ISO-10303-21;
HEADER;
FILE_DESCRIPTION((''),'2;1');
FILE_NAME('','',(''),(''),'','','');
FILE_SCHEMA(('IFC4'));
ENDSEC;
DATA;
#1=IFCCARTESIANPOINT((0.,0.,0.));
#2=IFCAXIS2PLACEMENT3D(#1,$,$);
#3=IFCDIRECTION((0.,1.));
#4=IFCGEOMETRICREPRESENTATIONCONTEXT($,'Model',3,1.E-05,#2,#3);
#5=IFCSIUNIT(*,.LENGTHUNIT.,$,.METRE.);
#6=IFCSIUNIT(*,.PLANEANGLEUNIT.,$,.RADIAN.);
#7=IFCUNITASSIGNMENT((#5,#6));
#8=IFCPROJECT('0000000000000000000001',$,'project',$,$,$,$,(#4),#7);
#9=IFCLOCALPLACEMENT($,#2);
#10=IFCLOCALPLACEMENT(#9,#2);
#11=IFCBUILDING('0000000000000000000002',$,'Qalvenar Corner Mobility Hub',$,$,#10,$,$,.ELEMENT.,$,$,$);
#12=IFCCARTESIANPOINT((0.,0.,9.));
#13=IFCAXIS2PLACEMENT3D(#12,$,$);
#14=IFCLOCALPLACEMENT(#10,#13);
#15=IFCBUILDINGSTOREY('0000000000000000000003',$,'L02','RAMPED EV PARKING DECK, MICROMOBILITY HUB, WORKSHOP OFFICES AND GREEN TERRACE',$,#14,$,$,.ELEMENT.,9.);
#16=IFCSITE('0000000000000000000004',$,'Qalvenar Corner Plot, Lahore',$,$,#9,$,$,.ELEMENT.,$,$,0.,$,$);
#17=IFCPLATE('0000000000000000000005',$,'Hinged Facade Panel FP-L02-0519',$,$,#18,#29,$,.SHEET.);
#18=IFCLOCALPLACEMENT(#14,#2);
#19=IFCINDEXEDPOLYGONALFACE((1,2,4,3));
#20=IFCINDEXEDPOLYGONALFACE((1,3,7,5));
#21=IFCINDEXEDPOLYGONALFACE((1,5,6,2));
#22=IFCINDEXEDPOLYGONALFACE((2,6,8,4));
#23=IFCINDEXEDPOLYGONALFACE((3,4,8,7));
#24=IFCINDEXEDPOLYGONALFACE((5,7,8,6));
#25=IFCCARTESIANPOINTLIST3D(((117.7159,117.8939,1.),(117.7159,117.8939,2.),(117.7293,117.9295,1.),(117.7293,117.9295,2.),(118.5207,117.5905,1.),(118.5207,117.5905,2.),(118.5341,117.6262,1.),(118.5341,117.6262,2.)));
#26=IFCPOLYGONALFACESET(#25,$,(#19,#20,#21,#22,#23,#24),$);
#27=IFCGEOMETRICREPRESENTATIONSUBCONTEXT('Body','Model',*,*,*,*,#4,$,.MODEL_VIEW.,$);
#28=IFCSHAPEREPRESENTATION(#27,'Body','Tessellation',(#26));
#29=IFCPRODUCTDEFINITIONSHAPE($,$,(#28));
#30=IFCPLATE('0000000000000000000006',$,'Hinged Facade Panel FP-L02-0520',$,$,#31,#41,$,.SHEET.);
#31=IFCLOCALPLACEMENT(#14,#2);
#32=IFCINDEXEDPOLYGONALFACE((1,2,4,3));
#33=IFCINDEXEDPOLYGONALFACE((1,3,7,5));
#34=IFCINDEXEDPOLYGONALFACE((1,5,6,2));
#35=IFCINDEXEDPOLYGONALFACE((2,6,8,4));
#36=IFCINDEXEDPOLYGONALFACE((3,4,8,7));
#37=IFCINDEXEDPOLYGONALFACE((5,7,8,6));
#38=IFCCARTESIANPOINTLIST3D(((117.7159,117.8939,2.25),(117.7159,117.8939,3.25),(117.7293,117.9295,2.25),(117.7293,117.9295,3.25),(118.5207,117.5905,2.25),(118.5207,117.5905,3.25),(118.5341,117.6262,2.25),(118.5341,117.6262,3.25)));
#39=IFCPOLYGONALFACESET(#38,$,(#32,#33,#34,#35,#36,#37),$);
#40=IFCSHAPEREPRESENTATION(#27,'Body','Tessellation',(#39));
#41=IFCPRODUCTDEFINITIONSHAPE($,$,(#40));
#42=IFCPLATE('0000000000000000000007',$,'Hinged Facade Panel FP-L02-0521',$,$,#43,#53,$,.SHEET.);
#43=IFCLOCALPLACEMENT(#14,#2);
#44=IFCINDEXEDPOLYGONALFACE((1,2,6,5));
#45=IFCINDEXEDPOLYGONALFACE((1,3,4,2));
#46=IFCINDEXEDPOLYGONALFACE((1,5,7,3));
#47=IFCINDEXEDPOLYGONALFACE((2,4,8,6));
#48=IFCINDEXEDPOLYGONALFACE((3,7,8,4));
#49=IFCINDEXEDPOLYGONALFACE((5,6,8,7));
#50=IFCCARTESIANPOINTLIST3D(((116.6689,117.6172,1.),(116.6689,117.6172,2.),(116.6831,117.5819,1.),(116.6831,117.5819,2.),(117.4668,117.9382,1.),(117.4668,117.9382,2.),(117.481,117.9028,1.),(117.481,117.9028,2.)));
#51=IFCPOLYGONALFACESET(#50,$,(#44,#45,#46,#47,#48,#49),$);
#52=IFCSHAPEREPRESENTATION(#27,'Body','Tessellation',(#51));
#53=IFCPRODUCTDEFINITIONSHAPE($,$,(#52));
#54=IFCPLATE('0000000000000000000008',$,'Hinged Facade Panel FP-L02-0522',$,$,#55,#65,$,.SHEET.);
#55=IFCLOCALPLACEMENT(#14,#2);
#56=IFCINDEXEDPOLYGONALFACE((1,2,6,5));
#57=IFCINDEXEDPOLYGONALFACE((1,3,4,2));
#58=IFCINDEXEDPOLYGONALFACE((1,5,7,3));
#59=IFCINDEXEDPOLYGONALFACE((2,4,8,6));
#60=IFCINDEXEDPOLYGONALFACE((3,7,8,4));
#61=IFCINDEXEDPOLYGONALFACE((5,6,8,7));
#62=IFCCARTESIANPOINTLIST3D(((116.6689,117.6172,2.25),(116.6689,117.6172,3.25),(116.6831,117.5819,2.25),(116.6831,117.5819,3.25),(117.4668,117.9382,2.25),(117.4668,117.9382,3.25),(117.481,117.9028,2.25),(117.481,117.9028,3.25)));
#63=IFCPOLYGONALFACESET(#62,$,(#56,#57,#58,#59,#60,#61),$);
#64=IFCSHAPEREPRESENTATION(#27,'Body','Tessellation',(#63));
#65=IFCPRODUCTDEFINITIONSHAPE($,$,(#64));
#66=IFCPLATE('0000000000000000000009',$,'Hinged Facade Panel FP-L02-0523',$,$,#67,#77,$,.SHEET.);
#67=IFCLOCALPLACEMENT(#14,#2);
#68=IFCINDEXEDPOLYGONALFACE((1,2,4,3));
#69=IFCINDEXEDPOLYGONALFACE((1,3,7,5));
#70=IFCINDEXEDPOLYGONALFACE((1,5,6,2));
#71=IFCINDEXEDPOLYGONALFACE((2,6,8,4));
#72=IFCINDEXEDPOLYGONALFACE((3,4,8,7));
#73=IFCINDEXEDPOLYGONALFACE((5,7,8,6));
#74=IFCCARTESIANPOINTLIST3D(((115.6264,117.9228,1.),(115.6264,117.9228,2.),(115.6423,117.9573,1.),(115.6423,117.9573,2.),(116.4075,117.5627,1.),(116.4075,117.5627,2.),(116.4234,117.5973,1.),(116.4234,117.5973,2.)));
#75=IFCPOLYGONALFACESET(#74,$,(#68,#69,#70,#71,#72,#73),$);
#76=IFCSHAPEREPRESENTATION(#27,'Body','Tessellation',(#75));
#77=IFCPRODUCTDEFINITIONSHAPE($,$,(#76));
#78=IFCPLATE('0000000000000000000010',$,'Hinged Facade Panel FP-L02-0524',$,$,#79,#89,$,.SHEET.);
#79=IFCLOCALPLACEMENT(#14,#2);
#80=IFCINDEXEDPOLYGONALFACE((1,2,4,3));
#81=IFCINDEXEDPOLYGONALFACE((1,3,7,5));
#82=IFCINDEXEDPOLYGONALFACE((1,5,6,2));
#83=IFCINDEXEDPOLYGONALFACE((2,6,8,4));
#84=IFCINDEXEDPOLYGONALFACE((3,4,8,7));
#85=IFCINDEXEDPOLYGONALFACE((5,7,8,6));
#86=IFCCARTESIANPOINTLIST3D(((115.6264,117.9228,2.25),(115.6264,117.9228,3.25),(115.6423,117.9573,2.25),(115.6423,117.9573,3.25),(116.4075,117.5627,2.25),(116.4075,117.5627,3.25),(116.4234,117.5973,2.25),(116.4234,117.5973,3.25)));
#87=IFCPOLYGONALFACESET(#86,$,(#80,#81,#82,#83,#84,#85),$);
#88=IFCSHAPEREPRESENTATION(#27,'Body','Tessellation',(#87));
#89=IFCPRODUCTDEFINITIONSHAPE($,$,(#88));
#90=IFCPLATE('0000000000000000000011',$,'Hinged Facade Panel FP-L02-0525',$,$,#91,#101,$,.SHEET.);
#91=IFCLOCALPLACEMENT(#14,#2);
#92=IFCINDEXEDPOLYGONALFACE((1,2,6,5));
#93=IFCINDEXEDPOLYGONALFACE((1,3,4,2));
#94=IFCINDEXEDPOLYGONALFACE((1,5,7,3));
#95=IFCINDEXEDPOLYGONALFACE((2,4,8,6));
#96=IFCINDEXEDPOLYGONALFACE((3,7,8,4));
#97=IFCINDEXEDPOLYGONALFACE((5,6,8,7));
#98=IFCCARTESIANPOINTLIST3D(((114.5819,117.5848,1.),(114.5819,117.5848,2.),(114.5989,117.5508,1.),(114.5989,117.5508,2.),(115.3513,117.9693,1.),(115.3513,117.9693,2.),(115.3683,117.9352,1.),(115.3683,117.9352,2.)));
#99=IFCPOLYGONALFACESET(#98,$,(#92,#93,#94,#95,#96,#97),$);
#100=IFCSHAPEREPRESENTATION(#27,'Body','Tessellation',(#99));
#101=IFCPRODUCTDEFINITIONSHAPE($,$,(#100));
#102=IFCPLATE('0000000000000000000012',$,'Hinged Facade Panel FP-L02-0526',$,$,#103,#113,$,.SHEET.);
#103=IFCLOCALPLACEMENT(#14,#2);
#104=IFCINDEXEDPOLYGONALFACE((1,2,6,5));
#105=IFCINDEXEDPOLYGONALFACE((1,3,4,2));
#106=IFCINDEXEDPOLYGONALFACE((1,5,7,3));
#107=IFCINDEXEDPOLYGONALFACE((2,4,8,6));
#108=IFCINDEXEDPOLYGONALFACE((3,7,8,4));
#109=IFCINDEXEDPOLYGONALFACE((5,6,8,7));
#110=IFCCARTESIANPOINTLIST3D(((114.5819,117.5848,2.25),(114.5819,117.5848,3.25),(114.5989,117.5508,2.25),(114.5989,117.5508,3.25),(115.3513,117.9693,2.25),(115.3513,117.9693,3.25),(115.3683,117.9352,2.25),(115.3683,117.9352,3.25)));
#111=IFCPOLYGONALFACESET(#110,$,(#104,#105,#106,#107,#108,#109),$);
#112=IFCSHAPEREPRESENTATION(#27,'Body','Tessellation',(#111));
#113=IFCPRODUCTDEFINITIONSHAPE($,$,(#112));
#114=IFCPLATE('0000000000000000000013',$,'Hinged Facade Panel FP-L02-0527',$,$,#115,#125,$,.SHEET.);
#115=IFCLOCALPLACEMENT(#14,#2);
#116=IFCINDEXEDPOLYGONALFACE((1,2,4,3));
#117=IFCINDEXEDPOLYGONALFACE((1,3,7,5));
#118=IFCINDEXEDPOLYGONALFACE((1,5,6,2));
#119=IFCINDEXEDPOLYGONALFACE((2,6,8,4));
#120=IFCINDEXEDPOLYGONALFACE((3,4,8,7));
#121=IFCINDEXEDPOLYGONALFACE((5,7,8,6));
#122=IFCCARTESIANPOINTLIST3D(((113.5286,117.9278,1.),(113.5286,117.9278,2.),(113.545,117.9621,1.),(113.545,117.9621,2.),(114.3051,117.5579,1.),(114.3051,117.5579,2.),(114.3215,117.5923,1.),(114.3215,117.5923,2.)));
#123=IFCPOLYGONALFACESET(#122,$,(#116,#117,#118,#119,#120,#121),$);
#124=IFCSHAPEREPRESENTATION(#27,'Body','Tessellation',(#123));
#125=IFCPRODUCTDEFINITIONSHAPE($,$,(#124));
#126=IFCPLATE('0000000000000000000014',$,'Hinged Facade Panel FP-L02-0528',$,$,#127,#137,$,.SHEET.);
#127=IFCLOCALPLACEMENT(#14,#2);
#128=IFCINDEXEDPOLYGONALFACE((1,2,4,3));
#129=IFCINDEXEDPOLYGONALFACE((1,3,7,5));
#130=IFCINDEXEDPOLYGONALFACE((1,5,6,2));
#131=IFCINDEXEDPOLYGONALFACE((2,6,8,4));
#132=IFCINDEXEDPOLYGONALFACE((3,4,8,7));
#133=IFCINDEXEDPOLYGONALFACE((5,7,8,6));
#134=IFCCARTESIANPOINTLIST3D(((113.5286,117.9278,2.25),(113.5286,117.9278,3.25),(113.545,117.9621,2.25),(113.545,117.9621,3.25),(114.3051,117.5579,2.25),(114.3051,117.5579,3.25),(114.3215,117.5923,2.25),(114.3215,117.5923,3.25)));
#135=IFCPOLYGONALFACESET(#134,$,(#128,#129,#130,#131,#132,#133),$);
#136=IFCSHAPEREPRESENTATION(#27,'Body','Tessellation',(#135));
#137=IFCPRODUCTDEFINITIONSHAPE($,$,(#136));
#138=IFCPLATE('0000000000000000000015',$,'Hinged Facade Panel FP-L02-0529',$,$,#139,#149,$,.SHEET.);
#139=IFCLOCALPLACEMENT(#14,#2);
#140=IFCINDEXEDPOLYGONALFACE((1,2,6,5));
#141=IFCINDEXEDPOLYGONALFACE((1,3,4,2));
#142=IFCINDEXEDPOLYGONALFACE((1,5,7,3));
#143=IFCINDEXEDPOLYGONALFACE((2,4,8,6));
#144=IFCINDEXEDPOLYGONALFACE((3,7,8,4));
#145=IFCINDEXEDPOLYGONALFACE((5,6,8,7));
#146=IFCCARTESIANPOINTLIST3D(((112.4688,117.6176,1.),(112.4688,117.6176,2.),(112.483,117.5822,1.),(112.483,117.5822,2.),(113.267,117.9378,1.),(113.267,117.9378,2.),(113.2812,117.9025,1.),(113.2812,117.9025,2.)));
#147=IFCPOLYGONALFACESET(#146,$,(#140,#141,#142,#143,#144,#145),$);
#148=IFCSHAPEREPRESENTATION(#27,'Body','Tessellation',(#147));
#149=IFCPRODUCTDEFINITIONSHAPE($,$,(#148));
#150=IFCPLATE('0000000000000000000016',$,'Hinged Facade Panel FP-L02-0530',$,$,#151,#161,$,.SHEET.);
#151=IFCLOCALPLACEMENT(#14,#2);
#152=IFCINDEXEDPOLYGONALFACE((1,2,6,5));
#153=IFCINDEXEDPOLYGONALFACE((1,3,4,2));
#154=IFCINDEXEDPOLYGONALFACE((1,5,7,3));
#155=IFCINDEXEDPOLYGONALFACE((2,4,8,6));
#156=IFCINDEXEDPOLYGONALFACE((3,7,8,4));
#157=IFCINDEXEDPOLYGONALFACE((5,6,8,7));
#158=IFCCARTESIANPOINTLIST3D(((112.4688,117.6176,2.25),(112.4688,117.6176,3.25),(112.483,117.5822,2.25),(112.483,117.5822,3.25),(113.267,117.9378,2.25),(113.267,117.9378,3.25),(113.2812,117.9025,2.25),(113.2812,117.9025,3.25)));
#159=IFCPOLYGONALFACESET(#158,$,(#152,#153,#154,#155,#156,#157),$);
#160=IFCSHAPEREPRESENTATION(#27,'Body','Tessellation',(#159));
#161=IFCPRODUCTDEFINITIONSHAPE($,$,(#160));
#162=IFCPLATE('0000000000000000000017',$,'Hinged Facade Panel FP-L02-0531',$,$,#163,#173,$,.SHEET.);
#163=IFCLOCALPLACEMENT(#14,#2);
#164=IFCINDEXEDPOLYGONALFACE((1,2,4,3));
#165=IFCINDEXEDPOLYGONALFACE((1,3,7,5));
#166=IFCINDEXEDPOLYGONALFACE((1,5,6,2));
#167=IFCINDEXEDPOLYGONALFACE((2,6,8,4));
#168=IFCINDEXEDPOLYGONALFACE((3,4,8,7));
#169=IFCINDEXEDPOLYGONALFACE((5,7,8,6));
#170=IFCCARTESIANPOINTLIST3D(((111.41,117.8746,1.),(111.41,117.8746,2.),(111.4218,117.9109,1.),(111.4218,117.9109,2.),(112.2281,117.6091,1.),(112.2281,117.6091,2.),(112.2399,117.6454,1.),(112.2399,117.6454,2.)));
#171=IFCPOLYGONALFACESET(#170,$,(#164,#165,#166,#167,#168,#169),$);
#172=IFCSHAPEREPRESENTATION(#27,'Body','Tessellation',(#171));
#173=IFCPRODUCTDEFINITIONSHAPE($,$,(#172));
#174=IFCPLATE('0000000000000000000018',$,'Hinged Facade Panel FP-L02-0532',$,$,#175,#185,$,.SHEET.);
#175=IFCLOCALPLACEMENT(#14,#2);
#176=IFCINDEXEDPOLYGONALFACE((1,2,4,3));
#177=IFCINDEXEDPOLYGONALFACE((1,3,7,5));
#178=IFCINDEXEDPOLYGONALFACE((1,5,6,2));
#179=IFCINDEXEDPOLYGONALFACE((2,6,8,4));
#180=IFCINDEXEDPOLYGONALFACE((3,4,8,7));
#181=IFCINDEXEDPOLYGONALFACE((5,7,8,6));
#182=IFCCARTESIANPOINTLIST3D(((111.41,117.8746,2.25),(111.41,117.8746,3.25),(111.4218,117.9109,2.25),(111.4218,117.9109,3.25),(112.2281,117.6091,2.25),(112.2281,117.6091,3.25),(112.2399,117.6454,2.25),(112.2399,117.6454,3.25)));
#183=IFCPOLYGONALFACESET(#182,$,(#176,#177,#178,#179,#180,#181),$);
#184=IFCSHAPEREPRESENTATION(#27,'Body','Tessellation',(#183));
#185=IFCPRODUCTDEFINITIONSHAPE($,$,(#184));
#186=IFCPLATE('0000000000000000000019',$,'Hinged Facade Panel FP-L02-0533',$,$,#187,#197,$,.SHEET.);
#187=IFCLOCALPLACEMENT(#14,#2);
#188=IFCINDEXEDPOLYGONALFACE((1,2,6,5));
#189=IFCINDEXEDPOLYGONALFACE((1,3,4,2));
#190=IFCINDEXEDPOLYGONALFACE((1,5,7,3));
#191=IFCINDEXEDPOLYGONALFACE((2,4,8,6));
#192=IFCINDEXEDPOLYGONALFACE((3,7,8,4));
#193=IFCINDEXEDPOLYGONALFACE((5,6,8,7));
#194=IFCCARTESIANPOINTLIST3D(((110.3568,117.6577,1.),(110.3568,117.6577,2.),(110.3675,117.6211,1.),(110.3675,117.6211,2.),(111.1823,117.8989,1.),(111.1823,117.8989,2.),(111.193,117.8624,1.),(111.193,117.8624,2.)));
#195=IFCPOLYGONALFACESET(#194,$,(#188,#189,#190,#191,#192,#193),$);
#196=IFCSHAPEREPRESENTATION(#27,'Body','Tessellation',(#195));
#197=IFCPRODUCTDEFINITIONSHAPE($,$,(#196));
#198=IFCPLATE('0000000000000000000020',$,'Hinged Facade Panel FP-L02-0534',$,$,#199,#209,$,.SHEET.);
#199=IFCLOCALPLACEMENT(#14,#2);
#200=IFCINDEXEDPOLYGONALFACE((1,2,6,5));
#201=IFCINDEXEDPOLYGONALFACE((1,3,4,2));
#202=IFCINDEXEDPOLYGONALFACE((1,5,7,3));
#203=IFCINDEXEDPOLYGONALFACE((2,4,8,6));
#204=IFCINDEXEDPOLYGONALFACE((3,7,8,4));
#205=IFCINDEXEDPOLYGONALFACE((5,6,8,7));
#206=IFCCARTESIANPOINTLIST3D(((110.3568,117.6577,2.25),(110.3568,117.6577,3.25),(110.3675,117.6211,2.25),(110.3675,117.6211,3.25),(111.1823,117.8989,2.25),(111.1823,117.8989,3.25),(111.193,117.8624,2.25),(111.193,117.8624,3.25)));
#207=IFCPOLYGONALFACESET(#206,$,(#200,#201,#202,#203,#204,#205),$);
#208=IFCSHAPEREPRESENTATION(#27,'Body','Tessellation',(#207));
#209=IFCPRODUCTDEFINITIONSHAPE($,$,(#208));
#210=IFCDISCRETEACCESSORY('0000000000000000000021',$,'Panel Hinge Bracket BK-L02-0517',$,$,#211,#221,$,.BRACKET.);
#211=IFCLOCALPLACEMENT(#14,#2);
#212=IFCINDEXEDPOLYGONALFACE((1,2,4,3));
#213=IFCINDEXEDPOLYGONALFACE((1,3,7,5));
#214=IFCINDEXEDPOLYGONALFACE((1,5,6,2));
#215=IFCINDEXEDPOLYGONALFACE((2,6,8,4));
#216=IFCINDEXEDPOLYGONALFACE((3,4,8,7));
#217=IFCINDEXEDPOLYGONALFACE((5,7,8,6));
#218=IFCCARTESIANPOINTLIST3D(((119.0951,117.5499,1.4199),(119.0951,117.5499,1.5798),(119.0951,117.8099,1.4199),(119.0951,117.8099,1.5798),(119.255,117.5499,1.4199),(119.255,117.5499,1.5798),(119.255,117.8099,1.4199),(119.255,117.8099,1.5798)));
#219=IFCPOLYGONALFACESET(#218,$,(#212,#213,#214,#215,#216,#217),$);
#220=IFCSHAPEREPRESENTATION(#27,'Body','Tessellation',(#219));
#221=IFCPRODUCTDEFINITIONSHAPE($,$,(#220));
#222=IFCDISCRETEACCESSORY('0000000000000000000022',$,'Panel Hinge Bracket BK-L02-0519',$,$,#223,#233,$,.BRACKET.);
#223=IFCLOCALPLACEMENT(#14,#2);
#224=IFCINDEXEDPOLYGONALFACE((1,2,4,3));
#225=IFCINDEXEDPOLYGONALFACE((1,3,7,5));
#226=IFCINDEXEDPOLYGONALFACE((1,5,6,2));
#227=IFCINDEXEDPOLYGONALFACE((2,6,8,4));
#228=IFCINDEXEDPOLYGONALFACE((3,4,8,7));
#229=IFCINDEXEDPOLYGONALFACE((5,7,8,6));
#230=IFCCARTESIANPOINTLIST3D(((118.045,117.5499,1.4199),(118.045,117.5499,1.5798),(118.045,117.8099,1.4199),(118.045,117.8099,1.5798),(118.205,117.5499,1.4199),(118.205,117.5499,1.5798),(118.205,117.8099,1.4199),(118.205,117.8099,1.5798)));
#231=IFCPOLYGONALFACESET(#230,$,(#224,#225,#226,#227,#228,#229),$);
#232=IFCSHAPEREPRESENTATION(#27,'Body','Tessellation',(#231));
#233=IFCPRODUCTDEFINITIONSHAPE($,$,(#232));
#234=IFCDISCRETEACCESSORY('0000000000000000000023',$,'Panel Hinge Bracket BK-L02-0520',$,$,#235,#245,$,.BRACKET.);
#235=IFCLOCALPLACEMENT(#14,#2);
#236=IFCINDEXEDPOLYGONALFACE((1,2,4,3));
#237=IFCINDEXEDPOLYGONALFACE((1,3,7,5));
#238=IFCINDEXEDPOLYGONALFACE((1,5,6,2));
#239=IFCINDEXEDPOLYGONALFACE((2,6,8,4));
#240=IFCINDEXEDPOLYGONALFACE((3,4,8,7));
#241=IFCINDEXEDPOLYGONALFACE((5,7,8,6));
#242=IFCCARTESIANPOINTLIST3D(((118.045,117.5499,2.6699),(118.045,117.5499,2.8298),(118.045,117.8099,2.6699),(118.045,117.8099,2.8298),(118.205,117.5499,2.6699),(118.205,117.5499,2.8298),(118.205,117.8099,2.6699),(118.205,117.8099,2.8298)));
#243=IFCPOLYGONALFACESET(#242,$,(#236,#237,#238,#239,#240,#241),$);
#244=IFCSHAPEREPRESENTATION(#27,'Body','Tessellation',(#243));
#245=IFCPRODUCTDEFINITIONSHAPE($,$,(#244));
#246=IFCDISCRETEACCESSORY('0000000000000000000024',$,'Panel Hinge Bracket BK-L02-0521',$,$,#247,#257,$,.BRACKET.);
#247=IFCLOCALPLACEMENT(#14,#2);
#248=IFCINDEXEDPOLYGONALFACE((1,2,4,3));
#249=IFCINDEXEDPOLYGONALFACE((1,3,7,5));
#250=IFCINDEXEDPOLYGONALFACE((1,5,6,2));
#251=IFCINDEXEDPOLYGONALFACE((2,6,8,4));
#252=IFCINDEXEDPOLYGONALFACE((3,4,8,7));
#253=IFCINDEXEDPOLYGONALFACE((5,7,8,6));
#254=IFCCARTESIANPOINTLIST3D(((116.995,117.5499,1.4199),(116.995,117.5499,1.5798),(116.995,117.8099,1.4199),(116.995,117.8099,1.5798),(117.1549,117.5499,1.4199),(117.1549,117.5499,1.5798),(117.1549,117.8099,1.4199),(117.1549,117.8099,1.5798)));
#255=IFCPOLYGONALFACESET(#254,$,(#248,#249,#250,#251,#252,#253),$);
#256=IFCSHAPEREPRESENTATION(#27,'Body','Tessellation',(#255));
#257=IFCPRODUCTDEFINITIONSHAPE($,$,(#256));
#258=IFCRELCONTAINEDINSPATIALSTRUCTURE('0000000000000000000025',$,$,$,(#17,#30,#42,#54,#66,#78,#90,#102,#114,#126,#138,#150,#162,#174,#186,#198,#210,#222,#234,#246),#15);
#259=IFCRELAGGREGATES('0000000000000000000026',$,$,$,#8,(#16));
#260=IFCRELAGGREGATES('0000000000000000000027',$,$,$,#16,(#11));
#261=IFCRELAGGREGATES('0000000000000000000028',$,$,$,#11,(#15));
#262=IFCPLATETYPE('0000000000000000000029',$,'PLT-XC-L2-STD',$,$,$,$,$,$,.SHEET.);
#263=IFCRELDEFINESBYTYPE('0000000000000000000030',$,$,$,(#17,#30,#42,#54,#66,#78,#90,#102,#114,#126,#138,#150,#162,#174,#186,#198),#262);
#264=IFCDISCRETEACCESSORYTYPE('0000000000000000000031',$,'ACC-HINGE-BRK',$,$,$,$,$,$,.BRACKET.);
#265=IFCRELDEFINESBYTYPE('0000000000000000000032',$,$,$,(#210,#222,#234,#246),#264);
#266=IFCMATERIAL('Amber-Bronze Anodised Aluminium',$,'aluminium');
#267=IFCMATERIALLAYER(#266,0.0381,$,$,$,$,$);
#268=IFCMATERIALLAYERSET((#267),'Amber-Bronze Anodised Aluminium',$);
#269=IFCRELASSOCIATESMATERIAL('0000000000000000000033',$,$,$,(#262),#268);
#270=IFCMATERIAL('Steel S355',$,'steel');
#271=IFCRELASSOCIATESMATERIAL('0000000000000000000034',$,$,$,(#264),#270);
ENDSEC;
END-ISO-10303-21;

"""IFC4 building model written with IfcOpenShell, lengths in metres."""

from ifc_helpers import new_model, si_unit, direction, frame, origin, origin_2d, place, context, subcontext, project, spatial, rectangle, extrude, material, layer, layer_set, type_object, element, save


model = new_model("IFC4")

# Units and contexts
model_context = context("Model", 3, precision=1e-05, world=origin(), true_north=direction((0.0, 1.0)))
body_context = subcontext(model_context, "Body", "Model", "MODEL_VIEW")
ifc_project = project(units=[si_unit("LENGTHUNIT", "METRE"), si_unit("PLANEANGLEUNIT", "RADIAN")], contexts=[model_context])

# Site, building, storey
site_placement = place(None, origin())
site = spatial("IfcSite", under=ifc_project, at=site_placement, Name="Qalvenar Corner Plot, Lahore", CompositionType="ELEMENT", RefElevation=0.0)
building_placement = place(site_placement, origin())
building = spatial("IfcBuilding", under=site, at=building_placement, Name="Qalvenar Corner Mobility Hub", CompositionType="ELEMENT")
storey_placement = place(building_placement, frame((0.0, 0.0, 9.0)))
storey = spatial("IfcBuildingStorey", under=building, at=storey_placement, Name="L02", Description="RAMPED EV PARKING DECK, MICROMOBILITY HUB, WORKSHOP OFFICES AND GREEN TERRACE", CompositionType="ELEMENT", Elevation=9.0)

# Plates
ifc_material_1 = material(Name="Amber-Bronze Anodised Aluminium", Category="aluminium")
ifc_layer = layer(ifc_material_1, 0.0381)
ifc_layer_set = layer_set([ifc_layer], Name="Amber-Bronze Anodised Aluminium")
plate_type = type_object("IfcPlateType", Name="PLT-XC-L2-STD", PredefinedType="SHEET", material=ifc_layer_set)
for number, where, z_axis, x_axis, name in (
    (1, (118.125, 117.76, 1.0), (0.0, 0.0, 1.0), (-0.935752, 0.352658, 0.0), "Hinged Facade Panel FP-L02-0519"),
    (2, (118.125, 117.76, 2.25), (0.0, 0.0, 1.0), (-0.935752, 0.352658, 0.0), "Hinged Facade Panel FP-L02-0520"),
    (3, (117.075, 117.76, 1.0), (0.0, 0.0, 1.0), (-0.927771, -0.37315, 0.0), "Hinged Facade Panel FP-L02-0521"),
    (4, (117.075, 117.76, 2.25), (0.0, 0.0, 1.0), (-0.927771, -0.37315, 0.0), "Hinged Facade Panel FP-L02-0522"),
    (5, (116.0249, 117.76, 1.0), (0.0, 0.0, 1.0), (-0.908143, 0.41866, 0.0), "Hinged Facade Panel FP-L02-0523"),
    (6, (116.0249, 117.76, 2.25), (0.0, 0.0, 1.0), (-0.908143, 0.41866, 0.0), "Hinged Facade Panel FP-L02-0524"),
    (7, (114.9751, 117.76, 1.0), (0.0, 0.0, 1.0), (-0.894545, -0.446979, 0.0), "Hinged Facade Panel FP-L02-0525"),
    (8, (114.9751, 117.76, 2.25), (0.0, 0.0, 1.0), (-0.894545, -0.446979, 0.0), "Hinged Facade Panel FP-L02-0526"),
    (9, (113.925, 117.76, 1.0), (0.0, 0.0, 1.0), (-0.902811, 0.430038, 0.0), "Hinged Facade Panel FP-L02-0527"),
    (10, (113.925, 117.76, 2.25), (0.0, 0.0, 1.0), (-0.902811, 0.430038, 0.0), "Hinged Facade Panel FP-L02-0528"),
    (11, (112.875, 117.76, 1.0), (0.0, 0.0, 1.0), (-0.928096, -0.37234, 0.0), "Hinged Facade Panel FP-L02-0529"),
    (12, (112.875, 117.76, 2.25), (0.0, 0.0, 1.0), (-0.928096, -0.37234, 0.0), "Hinged Facade Panel FP-L02-0530"),
    (13, (111.825, 117.76, 1.0), (0.0, 0.0, 1.0), (-0.951164, 0.308685, 0.0), "Hinged Facade Panel FP-L02-0531"),
    (14, (111.825, 117.76, 2.25), (0.0, 0.0, 1.0), (-0.951164, 0.308685, 0.0), "Hinged Facade Panel FP-L02-0532"),
    (15, (110.7749, 117.76, 1.0), (0.0, 0.0, 1.0), (-0.959854, -0.280499, 0.0), "Hinged Facade Panel FP-L02-0533"),
    (16, (110.7749, 117.76, 2.25), (0.0, 0.0, 1.0), (-0.959854, -0.280499, 0.0), "Hinged Facade Panel FP-L02-0534"),
):
    element("IfcPlate", number, at=place(storey_placement, frame(where, z_axis=z_axis, x_axis=x_axis)), inside=storey, type_object=plate_type, Name=name, PredefinedType="SHEET", context=body_context, shape_type="SweptSolid", body=[
        extrude(rectangle(XDim=0.8601, YDim=0.0381, at=origin_2d()), origin(), (0.0, 0.0, 1.0), 1.0),
    ])

# Discrete accessories
ifc_material_2 = material(Name="Steel S355", Category="steel")
discrete_accessory_type = type_object("IfcDiscreteAccessoryType", Name="ACC-HINGE-BRK", PredefinedType="BRACKET", material=ifc_material_2)
for number, where, z_axis, x_axis, name in (
    (17, (119.175, 117.6799, 1.4199), (0.0, 0.0, 1.0), (-1.0, 0.0, 0.0), "Panel Hinge Bracket BK-L02-0517"),
    (18, (118.125, 117.6799, 1.4199), (0.0, 0.0, 1.0), (-1.0, 0.0, 0.0), "Panel Hinge Bracket BK-L02-0519"),
    (19, (118.125, 117.6799, 2.6699), (0.0, 0.0, 1.0), (-1.0, 0.0, 0.0), "Panel Hinge Bracket BK-L02-0520"),
    (20, (117.075, 117.6799, 1.4199), (0.0, 0.0, 1.0), (-1.0, 0.0, 0.0), "Panel Hinge Bracket BK-L02-0521"),
):
    element("IfcDiscreteAccessory", number, at=place(storey_placement, frame(where, z_axis=z_axis, x_axis=x_axis)), inside=storey, type_object=discrete_accessory_type, Name=name, PredefinedType="BRACKET", context=body_context, shape_type="SweptSolid", body=[
        extrude(rectangle(XDim=0.1599, YDim=0.26, at=origin_2d()), origin(), (0.0, 0.0, 1.0), 0.1599),
    ])

save(model, "model.ifc")
